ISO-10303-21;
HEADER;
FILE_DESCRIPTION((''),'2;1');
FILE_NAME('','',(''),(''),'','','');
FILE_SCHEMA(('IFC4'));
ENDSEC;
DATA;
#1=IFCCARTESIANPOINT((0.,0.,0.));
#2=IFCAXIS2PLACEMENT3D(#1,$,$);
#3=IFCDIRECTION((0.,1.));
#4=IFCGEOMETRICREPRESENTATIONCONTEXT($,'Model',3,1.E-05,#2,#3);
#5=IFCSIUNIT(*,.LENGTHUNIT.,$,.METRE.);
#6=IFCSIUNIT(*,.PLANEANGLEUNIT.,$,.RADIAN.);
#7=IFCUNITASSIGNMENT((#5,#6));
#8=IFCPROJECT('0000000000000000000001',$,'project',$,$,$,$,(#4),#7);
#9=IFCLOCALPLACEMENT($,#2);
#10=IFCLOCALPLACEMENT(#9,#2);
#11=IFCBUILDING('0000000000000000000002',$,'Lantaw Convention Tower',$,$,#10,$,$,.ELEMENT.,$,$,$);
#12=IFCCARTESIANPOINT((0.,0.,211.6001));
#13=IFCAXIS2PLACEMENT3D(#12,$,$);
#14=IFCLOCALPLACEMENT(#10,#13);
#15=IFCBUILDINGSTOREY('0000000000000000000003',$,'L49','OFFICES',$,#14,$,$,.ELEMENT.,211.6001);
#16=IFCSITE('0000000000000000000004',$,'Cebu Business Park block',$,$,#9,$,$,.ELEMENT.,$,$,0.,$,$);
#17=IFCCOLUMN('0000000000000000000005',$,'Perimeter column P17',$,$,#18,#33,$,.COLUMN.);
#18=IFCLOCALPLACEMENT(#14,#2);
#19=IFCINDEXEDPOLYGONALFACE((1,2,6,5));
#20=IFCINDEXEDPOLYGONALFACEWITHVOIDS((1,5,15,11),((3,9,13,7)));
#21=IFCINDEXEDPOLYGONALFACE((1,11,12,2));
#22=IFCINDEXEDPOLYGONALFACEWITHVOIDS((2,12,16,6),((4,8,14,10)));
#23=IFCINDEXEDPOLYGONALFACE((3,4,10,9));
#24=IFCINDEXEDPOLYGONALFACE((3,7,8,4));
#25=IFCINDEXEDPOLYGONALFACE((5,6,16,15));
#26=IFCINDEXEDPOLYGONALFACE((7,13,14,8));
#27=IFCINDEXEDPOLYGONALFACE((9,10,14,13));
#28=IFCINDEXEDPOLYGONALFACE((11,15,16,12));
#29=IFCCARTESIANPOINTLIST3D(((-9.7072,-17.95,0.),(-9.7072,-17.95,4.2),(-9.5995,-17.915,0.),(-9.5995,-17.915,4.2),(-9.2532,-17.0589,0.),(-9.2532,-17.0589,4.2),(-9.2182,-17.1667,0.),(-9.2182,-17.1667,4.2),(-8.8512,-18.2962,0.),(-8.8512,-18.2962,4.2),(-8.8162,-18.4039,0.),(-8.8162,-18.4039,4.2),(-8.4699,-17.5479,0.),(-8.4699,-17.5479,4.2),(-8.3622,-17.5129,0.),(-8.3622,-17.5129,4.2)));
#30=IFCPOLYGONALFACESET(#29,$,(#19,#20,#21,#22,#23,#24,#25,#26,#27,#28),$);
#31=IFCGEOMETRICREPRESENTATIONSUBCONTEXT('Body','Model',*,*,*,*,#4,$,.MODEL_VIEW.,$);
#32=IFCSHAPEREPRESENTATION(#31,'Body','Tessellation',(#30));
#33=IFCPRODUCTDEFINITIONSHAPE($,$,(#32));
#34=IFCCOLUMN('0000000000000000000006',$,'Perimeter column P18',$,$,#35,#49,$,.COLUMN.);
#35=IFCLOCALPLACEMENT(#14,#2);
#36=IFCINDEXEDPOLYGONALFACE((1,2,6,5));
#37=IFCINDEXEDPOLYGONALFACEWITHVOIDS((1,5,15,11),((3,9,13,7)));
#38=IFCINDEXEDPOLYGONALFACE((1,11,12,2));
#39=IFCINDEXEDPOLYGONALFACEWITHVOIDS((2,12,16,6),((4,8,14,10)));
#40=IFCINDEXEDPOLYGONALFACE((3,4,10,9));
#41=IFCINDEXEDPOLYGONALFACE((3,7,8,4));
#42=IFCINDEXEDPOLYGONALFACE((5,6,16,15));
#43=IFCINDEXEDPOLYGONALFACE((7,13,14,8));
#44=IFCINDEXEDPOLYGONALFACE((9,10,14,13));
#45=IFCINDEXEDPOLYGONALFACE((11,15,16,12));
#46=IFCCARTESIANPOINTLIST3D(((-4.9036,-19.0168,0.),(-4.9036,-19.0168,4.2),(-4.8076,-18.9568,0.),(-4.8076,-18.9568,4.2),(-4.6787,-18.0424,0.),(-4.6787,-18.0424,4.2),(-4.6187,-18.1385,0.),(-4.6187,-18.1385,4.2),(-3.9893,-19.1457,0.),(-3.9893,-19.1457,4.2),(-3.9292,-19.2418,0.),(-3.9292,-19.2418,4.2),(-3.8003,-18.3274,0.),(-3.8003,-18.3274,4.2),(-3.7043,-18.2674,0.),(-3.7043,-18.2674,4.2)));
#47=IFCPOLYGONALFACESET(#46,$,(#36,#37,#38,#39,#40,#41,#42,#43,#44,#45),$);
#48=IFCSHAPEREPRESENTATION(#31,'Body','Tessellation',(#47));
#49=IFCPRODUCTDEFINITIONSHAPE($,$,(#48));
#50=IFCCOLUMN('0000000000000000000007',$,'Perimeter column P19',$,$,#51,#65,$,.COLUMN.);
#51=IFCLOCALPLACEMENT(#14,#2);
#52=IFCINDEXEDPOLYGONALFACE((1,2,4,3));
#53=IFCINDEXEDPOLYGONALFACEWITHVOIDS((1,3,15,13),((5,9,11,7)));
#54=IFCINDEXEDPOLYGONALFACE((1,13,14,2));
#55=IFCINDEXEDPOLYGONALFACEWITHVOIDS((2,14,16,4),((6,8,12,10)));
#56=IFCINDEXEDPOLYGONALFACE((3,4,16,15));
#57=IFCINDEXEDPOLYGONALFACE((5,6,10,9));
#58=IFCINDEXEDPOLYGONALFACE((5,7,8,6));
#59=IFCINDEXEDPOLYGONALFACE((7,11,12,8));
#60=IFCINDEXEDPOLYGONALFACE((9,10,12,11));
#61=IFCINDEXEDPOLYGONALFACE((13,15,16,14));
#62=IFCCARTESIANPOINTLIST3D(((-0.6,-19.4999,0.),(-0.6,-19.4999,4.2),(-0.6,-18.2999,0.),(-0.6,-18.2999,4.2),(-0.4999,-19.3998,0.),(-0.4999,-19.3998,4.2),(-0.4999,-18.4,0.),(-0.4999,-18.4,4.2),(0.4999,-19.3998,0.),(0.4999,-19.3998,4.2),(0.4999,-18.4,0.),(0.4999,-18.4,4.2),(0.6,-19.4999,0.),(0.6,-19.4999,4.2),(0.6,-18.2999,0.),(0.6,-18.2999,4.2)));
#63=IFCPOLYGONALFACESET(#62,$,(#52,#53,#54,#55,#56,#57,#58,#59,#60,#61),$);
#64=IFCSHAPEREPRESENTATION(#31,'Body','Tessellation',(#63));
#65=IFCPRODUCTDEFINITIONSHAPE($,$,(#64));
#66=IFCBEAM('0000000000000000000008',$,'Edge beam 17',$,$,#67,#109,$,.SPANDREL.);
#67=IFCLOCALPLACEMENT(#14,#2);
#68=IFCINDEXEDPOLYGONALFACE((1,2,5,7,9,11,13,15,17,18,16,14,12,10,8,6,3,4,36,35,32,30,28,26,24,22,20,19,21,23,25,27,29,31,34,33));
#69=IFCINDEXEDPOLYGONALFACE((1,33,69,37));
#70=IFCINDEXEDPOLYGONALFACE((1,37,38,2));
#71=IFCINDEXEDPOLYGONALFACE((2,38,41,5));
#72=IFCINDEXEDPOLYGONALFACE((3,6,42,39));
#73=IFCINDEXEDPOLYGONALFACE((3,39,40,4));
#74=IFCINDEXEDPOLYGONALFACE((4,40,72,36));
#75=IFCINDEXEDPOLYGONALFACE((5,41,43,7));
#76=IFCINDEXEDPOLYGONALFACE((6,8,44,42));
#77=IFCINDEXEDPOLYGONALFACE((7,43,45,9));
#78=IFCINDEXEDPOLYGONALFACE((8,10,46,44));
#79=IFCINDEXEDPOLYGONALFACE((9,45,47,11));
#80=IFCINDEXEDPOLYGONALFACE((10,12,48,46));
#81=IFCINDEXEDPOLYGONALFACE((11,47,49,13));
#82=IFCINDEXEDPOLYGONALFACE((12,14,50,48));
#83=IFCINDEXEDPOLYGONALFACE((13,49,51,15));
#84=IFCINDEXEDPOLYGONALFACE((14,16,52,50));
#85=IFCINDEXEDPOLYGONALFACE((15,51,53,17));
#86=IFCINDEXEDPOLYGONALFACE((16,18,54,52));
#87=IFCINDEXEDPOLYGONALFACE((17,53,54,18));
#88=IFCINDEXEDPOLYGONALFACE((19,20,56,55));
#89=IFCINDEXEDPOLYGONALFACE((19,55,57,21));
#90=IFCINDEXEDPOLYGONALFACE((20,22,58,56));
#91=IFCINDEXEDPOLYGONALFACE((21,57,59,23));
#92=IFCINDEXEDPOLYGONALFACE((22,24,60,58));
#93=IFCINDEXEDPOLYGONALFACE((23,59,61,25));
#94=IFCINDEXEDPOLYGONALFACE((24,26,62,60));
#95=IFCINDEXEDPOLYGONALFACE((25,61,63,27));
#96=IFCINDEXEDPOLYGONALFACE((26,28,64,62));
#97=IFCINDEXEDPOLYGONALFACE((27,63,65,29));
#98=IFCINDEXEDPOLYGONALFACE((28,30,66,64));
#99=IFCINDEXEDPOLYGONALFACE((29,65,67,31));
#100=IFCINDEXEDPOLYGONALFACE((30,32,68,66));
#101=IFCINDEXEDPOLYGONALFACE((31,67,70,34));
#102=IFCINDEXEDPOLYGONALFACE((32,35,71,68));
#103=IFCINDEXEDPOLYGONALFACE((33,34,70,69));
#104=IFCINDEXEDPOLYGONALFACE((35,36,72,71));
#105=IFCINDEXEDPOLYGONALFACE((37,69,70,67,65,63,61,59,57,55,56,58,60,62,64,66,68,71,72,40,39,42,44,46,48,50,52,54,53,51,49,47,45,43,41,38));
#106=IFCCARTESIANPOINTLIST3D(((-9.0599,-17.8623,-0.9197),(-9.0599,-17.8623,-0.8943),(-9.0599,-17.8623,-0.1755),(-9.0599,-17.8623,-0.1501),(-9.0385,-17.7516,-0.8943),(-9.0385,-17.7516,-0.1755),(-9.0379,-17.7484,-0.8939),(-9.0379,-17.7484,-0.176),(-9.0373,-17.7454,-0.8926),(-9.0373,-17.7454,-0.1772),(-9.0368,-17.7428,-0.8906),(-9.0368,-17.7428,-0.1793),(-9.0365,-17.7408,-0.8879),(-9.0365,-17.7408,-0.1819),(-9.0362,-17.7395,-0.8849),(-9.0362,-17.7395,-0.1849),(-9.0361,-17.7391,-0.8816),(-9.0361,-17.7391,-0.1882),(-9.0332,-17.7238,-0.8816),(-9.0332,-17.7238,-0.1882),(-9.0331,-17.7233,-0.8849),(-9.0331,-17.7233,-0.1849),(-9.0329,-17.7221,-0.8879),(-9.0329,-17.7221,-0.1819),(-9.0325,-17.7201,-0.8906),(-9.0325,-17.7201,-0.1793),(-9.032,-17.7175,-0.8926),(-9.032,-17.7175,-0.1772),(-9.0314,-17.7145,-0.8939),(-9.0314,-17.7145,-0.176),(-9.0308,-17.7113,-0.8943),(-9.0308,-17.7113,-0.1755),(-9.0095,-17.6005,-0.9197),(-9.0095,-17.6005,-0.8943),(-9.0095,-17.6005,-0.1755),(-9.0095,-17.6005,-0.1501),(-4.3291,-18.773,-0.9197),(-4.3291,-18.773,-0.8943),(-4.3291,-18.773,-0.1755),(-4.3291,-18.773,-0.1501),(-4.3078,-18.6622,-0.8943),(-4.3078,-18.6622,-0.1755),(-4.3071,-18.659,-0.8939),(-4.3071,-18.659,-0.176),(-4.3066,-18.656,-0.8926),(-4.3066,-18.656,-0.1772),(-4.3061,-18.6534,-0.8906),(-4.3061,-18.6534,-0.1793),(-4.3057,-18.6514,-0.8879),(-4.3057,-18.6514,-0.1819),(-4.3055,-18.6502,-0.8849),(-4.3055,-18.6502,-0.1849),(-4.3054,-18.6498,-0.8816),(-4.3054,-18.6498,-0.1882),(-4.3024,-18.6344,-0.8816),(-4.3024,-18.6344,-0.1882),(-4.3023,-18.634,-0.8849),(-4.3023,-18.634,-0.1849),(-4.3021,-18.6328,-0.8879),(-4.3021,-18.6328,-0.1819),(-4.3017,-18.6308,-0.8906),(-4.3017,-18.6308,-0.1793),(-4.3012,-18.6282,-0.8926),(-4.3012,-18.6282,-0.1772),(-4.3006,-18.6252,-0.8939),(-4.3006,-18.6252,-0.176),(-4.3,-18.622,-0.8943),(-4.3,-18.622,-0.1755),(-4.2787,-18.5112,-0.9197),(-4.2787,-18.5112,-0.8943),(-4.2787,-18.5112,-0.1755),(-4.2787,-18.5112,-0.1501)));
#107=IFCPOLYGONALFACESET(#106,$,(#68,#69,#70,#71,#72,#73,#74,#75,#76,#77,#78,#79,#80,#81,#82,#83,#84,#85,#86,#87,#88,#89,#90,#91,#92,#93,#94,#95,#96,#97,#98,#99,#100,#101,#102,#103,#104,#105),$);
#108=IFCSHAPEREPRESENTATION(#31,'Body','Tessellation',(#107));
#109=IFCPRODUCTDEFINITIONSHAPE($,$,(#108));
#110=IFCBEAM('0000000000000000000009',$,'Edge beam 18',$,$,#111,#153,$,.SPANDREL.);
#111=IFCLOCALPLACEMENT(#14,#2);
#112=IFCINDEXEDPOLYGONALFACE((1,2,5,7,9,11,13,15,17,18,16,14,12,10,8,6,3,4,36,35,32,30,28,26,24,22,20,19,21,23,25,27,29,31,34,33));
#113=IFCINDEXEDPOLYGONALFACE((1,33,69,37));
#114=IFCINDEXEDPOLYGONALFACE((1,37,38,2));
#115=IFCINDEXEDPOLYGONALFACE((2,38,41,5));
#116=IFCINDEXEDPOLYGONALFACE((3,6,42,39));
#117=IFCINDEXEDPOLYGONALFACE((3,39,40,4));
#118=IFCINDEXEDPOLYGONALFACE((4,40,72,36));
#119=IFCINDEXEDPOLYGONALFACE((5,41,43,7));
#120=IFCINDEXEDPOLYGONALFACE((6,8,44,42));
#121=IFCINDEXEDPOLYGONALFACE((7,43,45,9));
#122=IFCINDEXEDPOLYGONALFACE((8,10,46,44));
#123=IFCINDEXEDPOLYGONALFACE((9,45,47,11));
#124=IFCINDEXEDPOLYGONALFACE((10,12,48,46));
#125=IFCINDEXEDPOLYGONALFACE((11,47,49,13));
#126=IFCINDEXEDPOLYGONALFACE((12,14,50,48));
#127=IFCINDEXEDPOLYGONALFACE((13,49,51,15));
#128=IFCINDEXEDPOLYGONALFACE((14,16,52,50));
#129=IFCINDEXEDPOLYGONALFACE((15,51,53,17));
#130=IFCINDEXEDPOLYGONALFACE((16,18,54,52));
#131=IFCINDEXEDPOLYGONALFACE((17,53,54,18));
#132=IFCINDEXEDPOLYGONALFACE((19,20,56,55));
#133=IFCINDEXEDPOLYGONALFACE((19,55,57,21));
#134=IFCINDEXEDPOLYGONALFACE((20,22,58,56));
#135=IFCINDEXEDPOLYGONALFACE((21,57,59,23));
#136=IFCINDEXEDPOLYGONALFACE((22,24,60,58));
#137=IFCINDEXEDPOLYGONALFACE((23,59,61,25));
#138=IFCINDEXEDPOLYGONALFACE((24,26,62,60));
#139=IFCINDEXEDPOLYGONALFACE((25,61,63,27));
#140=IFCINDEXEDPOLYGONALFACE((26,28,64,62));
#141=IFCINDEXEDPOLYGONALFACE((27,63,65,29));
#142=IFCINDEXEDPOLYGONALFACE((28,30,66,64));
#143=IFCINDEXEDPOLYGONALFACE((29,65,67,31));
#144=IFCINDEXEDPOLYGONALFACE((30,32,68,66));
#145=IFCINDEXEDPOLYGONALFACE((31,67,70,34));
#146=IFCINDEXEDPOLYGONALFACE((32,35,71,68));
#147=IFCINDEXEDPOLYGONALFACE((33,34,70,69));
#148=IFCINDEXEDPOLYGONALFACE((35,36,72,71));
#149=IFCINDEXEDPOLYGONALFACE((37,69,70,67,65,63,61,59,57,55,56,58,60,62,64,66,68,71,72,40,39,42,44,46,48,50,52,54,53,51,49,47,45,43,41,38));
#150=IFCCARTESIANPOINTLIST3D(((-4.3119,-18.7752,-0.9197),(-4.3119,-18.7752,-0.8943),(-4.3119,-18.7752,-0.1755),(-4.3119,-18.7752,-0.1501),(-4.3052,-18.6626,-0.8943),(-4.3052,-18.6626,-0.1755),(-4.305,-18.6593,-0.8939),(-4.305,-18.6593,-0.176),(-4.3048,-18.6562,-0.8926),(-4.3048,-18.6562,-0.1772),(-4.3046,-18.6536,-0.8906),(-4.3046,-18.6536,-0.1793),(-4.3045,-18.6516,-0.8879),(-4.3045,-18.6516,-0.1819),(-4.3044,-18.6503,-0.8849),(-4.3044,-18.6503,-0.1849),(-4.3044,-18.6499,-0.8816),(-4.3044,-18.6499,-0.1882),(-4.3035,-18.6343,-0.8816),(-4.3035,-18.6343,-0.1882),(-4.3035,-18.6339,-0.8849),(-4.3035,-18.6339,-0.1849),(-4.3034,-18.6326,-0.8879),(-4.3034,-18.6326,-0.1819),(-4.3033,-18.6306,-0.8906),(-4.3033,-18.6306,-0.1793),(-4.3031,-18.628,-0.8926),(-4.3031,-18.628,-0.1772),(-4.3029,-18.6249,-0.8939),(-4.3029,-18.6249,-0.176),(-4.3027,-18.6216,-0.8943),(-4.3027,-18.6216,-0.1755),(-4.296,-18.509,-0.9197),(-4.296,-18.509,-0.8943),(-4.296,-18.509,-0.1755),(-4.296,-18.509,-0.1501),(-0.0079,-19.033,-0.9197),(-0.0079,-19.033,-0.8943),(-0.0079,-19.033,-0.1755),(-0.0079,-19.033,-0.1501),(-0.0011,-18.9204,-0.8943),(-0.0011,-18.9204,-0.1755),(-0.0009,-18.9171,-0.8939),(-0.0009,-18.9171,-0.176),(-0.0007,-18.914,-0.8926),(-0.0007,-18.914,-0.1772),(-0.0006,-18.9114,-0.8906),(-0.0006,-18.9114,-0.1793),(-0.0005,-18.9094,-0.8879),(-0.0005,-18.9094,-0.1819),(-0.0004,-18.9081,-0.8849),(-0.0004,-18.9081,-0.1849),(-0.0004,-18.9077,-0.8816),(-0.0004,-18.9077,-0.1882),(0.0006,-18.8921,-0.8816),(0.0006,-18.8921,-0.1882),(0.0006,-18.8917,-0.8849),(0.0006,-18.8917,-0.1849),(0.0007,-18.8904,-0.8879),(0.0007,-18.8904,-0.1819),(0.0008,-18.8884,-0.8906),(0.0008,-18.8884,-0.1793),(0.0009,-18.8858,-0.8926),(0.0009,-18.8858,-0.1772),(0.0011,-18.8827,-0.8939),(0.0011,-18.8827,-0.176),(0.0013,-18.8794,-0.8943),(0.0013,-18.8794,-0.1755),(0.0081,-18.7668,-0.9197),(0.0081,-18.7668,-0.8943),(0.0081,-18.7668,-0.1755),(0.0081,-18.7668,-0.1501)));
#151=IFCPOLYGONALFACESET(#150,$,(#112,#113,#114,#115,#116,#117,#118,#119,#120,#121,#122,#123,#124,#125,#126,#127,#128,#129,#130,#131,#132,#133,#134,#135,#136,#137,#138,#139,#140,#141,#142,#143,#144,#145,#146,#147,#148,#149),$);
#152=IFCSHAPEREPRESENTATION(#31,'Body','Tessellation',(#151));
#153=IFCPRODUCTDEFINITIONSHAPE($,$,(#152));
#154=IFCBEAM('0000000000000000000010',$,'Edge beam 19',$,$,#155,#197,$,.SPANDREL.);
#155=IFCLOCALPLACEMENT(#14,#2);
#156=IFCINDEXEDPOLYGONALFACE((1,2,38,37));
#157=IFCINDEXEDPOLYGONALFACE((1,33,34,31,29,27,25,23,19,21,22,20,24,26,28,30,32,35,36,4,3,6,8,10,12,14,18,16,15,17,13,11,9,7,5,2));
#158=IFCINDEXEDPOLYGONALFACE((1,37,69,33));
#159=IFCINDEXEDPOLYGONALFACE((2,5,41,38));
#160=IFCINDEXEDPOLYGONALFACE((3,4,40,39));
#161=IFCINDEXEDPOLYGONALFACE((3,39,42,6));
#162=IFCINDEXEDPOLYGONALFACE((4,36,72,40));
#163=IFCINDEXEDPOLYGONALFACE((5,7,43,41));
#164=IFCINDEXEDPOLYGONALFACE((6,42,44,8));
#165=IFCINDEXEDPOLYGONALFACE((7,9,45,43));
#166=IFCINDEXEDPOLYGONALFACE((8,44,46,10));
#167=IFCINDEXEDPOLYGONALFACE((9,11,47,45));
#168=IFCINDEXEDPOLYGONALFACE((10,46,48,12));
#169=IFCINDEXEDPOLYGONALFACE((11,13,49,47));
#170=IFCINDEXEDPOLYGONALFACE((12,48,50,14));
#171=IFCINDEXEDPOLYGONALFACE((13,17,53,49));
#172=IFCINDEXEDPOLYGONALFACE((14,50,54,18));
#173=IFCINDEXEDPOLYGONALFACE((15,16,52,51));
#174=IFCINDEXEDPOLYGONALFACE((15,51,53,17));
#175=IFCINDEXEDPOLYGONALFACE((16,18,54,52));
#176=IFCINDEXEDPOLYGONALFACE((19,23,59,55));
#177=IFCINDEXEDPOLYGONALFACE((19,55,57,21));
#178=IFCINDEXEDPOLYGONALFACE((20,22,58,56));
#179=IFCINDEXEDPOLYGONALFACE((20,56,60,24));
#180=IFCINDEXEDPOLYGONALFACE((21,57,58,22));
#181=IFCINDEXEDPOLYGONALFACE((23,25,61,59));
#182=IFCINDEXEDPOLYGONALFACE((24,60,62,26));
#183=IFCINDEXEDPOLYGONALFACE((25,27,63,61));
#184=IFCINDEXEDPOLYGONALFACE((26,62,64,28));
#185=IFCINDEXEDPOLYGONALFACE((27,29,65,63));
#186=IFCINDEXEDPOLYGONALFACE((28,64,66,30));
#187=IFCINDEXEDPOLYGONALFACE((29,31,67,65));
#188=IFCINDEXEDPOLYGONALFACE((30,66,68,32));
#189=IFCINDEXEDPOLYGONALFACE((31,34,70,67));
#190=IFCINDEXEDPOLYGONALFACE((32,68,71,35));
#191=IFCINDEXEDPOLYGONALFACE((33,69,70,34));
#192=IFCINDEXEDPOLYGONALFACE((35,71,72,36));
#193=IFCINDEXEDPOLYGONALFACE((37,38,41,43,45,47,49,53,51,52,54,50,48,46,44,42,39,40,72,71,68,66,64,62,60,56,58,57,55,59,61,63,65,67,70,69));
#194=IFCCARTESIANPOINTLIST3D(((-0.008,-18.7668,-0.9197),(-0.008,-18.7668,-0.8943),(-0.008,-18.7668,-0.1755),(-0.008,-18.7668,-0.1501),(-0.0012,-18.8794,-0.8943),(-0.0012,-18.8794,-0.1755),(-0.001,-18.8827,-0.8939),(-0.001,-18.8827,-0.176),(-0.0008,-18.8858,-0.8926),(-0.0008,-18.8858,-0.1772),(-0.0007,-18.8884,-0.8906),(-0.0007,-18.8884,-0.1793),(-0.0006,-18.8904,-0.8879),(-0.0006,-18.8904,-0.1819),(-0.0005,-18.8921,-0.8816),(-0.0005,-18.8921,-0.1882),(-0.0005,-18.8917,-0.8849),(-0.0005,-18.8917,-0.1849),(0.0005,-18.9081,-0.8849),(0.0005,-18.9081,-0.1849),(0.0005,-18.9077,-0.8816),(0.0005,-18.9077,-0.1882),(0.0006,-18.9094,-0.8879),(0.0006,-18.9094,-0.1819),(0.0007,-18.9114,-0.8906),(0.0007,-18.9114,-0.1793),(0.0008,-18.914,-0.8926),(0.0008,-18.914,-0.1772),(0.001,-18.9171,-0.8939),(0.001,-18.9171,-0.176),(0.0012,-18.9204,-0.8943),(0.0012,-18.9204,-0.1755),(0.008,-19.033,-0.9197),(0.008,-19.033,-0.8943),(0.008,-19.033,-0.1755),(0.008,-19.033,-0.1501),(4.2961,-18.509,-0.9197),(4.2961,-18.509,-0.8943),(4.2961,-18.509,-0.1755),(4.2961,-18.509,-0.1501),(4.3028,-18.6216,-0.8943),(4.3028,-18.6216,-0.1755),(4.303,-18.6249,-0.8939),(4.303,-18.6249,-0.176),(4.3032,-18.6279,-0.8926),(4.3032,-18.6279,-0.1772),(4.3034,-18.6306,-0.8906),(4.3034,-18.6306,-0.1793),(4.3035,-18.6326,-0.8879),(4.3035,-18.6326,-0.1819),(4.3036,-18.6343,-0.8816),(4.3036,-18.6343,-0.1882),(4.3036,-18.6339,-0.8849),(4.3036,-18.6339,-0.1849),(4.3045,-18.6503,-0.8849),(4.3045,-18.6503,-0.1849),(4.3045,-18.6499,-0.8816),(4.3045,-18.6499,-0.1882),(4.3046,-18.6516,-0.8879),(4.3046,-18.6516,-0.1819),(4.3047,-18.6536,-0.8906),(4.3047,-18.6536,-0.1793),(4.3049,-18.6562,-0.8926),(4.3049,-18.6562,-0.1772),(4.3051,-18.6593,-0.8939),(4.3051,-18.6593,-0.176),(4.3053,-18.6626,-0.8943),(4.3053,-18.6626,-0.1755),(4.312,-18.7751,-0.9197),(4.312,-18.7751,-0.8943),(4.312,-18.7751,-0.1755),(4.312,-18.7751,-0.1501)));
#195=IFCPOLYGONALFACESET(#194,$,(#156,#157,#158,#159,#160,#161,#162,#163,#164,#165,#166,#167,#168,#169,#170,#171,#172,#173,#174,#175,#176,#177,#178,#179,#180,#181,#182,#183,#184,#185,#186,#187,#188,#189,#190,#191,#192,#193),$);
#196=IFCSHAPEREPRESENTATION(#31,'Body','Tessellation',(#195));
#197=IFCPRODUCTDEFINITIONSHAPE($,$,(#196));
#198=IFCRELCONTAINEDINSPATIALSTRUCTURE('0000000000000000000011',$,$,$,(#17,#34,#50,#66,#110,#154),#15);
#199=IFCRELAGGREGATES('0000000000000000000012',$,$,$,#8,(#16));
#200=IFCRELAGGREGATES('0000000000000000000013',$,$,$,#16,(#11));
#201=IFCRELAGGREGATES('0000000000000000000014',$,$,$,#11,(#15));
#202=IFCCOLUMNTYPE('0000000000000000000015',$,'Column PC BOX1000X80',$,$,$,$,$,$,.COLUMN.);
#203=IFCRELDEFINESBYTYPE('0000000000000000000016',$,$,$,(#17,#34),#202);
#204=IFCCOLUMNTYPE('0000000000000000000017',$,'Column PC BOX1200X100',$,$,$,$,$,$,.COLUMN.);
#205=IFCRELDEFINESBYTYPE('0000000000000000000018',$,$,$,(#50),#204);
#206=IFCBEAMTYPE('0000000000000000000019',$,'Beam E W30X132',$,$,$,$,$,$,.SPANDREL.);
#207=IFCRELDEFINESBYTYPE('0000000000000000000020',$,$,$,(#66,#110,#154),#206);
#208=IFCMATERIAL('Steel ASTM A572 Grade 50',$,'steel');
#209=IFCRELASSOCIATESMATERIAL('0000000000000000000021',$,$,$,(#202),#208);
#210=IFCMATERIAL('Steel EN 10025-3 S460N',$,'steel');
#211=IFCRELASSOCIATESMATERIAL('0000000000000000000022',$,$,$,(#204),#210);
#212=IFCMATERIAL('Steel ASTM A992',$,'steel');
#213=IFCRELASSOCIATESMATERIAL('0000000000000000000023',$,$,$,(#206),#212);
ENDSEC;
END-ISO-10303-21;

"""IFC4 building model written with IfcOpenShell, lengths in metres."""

from ifc_helpers import new_model, si_unit, direction, frame, origin, origin_2d, place, context, subcontext, project, spatial, rectangle, hollow_rectangle, i_section, extrude, material, material_profile, profile_set, type_object, element, save


model = new_model("IFC4")

# Units and contexts
model_context = context("Model", 3, precision=1e-05, world=origin(), true_north=direction((0.0, 1.0)))
body_context = subcontext(model_context, "Body", "Model", "MODEL_VIEW")
ifc_project = project(units=[si_unit("LENGTHUNIT", "METRE"), si_unit("PLANEANGLEUNIT", "RADIAN")], contexts=[model_context])

# Site, building, storey
site_placement = place(None, origin())
site = spatial("IfcSite", under=ifc_project, at=site_placement, Name="Cebu Business Park block", CompositionType="ELEMENT", RefElevation=0.0)
building_placement = place(site_placement, origin())
building = spatial("IfcBuilding", under=site, at=building_placement, Name="Lantaw Convention Tower", CompositionType="ELEMENT")
storey_placement = place(building_placement, frame((0.0, 0.0, 211.6001)))
storey = spatial("IfcBuildingStorey", under=building, at=storey_placement, Name="L49", Description="OFFICES", CompositionType="ELEMENT", Elevation=211.6001)

# Columns
ifc_material_1 = material(Name="Steel ASTM A572 Grade 50", Category="steel")
ifc_material_profile_1 = material_profile(ifc_material_1, hollow_rectangle(XDim=1.0, YDim=1.0, WallThickness=0.0801, at=origin_2d()), Name="BOX1000X80")
ifc_material_2 = material(Name="Concrete C60/75", Category="concrete")
ifc_material_profile_2 = material_profile(ifc_material_2, rectangle(XDim=0.8401, YDim=0.8401, at=origin_2d()), Name="Concrete fill of BOX1000X80")
ifc_profile_set_1 = profile_set([ifc_material_profile_1, ifc_material_profile_2], Name="Steel ASTM A572 Grade 50")
column_type_1 = type_object("IfcColumnType", Name="Column PC BOX1000X80", PredefinedType="COLUMN", material=ifc_profile_set_1)
for number, where, z_axis, x_axis, name in (
    (1, (-9.0347, -17.7314, 0.0), (0.0, 0.0, 1.0), (0.45399, 0.891007, 0.0), "Perimeter column P17"),
    (2, (-4.304, -18.6421, 0.0), (0.0, 0.0, 1.0), (0.224951, 0.97437, 0.0), "Perimeter column P18"),
):
    element("IfcColumn", number, at=place(storey_placement, frame(where, z_axis=z_axis, x_axis=x_axis)), inside=storey, type_object=column_type_1, Name=name, PredefinedType="COLUMN", context=body_context, shape_type="SweptSolid", body=[
        extrude(hollow_rectangle(XDim=1.0, YDim=1.0, WallThickness=0.0801, at=origin_2d()), origin(), (0.0, 0.0, 1.0), 4.2),
    ])
ifc_material_3 = material(Name="Steel EN 10025-3 S460N", Category="steel")
ifc_material_profile_3 = material_profile(ifc_material_3, hollow_rectangle(XDim=1.2, YDim=1.2, WallThickness=0.1001, at=origin_2d()), Name="BOX1200X100")
ifc_material_profile_4 = material_profile(ifc_material_2, rectangle(XDim=1.0, YDim=1.0, at=origin_2d()), Name="Concrete fill of BOX1200X100")
ifc_profile_set_2 = profile_set([ifc_material_profile_3, ifc_material_profile_4], Name="Steel EN 10025-3 S460N")
column_type_2 = type_object("IfcColumnType", Name="Column PC BOX1200X100", PredefinedType="COLUMN", material=ifc_profile_set_2)
column_placement = place(storey_placement, frame((0.0, -18.8999, 0.0), z_axis=(0.0, 0.0, 1.0), x_axis=(1.0, 0.0, 0.0)))
element("IfcColumn", 3, at=column_placement, inside=storey, type_object=column_type_2, Name="Perimeter column P19", PredefinedType="COLUMN", context=body_context, shape_type="SweptSolid", body=[
    extrude(hollow_rectangle(XDim=1.2, YDim=1.2, WallThickness=0.1001, at=origin_2d()), origin(), (0.0, 0.0, 1.0), 4.2),
])

# Beams
ifc_material_4 = material(Name="Steel ASTM A992", Category="steel")
ifc_material_profile_5 = material_profile(ifc_material_4, i_section(OverallWidth=0.2666, OverallDepth=0.7695, WebThickness=0.0156, FlangeThickness=0.0254, FilletRadius=0.0127, at=origin_2d()), Name="W30X132")
ifc_profile_set_3 = profile_set([ifc_material_profile_5], Name="Steel ASTM A992")
beam_type_1 = type_object("IfcBeamType", Name="Beam E W30X132", PredefinedType="SPANDREL", material=ifc_profile_set_3)
beam_1_placement = place(storey_placement, frame((-9.0347, -17.7314, -0.5349), z_axis=(0.981972, -0.189026, 0.0), x_axis=(0.189026, 0.981972, 0.0)))
element("IfcBeam", 4, at=beam_1_placement, inside=storey, type_object=beam_type_1, Name="Edge beam 17", PredefinedType="SPANDREL", context=body_context, shape_type="SweptSolid", body=[
    extrude(i_section(OverallWidth=0.2666, OverallDepth=0.7695, WebThickness=0.0156, FlangeThickness=0.0254, FilletRadius=0.0127, at=origin_2d()), origin(), (0.0, 0.0, 1.0), 4.8176),
])
for number, where, z_axis, x_axis, name in (
    (5, (-4.304, -18.6421, -0.5349), (0.998211, -0.059794, 0.0), (0.059794, 0.998211, 0.0), "Edge beam 18"),
    (6, (0.0, -18.8999, -0.5349), (0.998211, 0.059794, 0.0), (-0.059794, 0.998211, 0.0), "Edge beam 19"),
):
    element("IfcBeam", number, at=place(storey_placement, frame(where, z_axis=z_axis, x_axis=x_axis)), inside=storey, type_object=beam_type_1, Name=name, PredefinedType="SPANDREL", context=body_context, shape_type="SweptSolid", body=[
        extrude(i_section(OverallWidth=0.2666, OverallDepth=0.7695, WebThickness=0.0156, FlangeThickness=0.0254, FilletRadius=0.0127, at=origin_2d()), origin(), (0.0, 0.0, 1.0), 4.3118),
    ])

save(model, "model.ifc")
